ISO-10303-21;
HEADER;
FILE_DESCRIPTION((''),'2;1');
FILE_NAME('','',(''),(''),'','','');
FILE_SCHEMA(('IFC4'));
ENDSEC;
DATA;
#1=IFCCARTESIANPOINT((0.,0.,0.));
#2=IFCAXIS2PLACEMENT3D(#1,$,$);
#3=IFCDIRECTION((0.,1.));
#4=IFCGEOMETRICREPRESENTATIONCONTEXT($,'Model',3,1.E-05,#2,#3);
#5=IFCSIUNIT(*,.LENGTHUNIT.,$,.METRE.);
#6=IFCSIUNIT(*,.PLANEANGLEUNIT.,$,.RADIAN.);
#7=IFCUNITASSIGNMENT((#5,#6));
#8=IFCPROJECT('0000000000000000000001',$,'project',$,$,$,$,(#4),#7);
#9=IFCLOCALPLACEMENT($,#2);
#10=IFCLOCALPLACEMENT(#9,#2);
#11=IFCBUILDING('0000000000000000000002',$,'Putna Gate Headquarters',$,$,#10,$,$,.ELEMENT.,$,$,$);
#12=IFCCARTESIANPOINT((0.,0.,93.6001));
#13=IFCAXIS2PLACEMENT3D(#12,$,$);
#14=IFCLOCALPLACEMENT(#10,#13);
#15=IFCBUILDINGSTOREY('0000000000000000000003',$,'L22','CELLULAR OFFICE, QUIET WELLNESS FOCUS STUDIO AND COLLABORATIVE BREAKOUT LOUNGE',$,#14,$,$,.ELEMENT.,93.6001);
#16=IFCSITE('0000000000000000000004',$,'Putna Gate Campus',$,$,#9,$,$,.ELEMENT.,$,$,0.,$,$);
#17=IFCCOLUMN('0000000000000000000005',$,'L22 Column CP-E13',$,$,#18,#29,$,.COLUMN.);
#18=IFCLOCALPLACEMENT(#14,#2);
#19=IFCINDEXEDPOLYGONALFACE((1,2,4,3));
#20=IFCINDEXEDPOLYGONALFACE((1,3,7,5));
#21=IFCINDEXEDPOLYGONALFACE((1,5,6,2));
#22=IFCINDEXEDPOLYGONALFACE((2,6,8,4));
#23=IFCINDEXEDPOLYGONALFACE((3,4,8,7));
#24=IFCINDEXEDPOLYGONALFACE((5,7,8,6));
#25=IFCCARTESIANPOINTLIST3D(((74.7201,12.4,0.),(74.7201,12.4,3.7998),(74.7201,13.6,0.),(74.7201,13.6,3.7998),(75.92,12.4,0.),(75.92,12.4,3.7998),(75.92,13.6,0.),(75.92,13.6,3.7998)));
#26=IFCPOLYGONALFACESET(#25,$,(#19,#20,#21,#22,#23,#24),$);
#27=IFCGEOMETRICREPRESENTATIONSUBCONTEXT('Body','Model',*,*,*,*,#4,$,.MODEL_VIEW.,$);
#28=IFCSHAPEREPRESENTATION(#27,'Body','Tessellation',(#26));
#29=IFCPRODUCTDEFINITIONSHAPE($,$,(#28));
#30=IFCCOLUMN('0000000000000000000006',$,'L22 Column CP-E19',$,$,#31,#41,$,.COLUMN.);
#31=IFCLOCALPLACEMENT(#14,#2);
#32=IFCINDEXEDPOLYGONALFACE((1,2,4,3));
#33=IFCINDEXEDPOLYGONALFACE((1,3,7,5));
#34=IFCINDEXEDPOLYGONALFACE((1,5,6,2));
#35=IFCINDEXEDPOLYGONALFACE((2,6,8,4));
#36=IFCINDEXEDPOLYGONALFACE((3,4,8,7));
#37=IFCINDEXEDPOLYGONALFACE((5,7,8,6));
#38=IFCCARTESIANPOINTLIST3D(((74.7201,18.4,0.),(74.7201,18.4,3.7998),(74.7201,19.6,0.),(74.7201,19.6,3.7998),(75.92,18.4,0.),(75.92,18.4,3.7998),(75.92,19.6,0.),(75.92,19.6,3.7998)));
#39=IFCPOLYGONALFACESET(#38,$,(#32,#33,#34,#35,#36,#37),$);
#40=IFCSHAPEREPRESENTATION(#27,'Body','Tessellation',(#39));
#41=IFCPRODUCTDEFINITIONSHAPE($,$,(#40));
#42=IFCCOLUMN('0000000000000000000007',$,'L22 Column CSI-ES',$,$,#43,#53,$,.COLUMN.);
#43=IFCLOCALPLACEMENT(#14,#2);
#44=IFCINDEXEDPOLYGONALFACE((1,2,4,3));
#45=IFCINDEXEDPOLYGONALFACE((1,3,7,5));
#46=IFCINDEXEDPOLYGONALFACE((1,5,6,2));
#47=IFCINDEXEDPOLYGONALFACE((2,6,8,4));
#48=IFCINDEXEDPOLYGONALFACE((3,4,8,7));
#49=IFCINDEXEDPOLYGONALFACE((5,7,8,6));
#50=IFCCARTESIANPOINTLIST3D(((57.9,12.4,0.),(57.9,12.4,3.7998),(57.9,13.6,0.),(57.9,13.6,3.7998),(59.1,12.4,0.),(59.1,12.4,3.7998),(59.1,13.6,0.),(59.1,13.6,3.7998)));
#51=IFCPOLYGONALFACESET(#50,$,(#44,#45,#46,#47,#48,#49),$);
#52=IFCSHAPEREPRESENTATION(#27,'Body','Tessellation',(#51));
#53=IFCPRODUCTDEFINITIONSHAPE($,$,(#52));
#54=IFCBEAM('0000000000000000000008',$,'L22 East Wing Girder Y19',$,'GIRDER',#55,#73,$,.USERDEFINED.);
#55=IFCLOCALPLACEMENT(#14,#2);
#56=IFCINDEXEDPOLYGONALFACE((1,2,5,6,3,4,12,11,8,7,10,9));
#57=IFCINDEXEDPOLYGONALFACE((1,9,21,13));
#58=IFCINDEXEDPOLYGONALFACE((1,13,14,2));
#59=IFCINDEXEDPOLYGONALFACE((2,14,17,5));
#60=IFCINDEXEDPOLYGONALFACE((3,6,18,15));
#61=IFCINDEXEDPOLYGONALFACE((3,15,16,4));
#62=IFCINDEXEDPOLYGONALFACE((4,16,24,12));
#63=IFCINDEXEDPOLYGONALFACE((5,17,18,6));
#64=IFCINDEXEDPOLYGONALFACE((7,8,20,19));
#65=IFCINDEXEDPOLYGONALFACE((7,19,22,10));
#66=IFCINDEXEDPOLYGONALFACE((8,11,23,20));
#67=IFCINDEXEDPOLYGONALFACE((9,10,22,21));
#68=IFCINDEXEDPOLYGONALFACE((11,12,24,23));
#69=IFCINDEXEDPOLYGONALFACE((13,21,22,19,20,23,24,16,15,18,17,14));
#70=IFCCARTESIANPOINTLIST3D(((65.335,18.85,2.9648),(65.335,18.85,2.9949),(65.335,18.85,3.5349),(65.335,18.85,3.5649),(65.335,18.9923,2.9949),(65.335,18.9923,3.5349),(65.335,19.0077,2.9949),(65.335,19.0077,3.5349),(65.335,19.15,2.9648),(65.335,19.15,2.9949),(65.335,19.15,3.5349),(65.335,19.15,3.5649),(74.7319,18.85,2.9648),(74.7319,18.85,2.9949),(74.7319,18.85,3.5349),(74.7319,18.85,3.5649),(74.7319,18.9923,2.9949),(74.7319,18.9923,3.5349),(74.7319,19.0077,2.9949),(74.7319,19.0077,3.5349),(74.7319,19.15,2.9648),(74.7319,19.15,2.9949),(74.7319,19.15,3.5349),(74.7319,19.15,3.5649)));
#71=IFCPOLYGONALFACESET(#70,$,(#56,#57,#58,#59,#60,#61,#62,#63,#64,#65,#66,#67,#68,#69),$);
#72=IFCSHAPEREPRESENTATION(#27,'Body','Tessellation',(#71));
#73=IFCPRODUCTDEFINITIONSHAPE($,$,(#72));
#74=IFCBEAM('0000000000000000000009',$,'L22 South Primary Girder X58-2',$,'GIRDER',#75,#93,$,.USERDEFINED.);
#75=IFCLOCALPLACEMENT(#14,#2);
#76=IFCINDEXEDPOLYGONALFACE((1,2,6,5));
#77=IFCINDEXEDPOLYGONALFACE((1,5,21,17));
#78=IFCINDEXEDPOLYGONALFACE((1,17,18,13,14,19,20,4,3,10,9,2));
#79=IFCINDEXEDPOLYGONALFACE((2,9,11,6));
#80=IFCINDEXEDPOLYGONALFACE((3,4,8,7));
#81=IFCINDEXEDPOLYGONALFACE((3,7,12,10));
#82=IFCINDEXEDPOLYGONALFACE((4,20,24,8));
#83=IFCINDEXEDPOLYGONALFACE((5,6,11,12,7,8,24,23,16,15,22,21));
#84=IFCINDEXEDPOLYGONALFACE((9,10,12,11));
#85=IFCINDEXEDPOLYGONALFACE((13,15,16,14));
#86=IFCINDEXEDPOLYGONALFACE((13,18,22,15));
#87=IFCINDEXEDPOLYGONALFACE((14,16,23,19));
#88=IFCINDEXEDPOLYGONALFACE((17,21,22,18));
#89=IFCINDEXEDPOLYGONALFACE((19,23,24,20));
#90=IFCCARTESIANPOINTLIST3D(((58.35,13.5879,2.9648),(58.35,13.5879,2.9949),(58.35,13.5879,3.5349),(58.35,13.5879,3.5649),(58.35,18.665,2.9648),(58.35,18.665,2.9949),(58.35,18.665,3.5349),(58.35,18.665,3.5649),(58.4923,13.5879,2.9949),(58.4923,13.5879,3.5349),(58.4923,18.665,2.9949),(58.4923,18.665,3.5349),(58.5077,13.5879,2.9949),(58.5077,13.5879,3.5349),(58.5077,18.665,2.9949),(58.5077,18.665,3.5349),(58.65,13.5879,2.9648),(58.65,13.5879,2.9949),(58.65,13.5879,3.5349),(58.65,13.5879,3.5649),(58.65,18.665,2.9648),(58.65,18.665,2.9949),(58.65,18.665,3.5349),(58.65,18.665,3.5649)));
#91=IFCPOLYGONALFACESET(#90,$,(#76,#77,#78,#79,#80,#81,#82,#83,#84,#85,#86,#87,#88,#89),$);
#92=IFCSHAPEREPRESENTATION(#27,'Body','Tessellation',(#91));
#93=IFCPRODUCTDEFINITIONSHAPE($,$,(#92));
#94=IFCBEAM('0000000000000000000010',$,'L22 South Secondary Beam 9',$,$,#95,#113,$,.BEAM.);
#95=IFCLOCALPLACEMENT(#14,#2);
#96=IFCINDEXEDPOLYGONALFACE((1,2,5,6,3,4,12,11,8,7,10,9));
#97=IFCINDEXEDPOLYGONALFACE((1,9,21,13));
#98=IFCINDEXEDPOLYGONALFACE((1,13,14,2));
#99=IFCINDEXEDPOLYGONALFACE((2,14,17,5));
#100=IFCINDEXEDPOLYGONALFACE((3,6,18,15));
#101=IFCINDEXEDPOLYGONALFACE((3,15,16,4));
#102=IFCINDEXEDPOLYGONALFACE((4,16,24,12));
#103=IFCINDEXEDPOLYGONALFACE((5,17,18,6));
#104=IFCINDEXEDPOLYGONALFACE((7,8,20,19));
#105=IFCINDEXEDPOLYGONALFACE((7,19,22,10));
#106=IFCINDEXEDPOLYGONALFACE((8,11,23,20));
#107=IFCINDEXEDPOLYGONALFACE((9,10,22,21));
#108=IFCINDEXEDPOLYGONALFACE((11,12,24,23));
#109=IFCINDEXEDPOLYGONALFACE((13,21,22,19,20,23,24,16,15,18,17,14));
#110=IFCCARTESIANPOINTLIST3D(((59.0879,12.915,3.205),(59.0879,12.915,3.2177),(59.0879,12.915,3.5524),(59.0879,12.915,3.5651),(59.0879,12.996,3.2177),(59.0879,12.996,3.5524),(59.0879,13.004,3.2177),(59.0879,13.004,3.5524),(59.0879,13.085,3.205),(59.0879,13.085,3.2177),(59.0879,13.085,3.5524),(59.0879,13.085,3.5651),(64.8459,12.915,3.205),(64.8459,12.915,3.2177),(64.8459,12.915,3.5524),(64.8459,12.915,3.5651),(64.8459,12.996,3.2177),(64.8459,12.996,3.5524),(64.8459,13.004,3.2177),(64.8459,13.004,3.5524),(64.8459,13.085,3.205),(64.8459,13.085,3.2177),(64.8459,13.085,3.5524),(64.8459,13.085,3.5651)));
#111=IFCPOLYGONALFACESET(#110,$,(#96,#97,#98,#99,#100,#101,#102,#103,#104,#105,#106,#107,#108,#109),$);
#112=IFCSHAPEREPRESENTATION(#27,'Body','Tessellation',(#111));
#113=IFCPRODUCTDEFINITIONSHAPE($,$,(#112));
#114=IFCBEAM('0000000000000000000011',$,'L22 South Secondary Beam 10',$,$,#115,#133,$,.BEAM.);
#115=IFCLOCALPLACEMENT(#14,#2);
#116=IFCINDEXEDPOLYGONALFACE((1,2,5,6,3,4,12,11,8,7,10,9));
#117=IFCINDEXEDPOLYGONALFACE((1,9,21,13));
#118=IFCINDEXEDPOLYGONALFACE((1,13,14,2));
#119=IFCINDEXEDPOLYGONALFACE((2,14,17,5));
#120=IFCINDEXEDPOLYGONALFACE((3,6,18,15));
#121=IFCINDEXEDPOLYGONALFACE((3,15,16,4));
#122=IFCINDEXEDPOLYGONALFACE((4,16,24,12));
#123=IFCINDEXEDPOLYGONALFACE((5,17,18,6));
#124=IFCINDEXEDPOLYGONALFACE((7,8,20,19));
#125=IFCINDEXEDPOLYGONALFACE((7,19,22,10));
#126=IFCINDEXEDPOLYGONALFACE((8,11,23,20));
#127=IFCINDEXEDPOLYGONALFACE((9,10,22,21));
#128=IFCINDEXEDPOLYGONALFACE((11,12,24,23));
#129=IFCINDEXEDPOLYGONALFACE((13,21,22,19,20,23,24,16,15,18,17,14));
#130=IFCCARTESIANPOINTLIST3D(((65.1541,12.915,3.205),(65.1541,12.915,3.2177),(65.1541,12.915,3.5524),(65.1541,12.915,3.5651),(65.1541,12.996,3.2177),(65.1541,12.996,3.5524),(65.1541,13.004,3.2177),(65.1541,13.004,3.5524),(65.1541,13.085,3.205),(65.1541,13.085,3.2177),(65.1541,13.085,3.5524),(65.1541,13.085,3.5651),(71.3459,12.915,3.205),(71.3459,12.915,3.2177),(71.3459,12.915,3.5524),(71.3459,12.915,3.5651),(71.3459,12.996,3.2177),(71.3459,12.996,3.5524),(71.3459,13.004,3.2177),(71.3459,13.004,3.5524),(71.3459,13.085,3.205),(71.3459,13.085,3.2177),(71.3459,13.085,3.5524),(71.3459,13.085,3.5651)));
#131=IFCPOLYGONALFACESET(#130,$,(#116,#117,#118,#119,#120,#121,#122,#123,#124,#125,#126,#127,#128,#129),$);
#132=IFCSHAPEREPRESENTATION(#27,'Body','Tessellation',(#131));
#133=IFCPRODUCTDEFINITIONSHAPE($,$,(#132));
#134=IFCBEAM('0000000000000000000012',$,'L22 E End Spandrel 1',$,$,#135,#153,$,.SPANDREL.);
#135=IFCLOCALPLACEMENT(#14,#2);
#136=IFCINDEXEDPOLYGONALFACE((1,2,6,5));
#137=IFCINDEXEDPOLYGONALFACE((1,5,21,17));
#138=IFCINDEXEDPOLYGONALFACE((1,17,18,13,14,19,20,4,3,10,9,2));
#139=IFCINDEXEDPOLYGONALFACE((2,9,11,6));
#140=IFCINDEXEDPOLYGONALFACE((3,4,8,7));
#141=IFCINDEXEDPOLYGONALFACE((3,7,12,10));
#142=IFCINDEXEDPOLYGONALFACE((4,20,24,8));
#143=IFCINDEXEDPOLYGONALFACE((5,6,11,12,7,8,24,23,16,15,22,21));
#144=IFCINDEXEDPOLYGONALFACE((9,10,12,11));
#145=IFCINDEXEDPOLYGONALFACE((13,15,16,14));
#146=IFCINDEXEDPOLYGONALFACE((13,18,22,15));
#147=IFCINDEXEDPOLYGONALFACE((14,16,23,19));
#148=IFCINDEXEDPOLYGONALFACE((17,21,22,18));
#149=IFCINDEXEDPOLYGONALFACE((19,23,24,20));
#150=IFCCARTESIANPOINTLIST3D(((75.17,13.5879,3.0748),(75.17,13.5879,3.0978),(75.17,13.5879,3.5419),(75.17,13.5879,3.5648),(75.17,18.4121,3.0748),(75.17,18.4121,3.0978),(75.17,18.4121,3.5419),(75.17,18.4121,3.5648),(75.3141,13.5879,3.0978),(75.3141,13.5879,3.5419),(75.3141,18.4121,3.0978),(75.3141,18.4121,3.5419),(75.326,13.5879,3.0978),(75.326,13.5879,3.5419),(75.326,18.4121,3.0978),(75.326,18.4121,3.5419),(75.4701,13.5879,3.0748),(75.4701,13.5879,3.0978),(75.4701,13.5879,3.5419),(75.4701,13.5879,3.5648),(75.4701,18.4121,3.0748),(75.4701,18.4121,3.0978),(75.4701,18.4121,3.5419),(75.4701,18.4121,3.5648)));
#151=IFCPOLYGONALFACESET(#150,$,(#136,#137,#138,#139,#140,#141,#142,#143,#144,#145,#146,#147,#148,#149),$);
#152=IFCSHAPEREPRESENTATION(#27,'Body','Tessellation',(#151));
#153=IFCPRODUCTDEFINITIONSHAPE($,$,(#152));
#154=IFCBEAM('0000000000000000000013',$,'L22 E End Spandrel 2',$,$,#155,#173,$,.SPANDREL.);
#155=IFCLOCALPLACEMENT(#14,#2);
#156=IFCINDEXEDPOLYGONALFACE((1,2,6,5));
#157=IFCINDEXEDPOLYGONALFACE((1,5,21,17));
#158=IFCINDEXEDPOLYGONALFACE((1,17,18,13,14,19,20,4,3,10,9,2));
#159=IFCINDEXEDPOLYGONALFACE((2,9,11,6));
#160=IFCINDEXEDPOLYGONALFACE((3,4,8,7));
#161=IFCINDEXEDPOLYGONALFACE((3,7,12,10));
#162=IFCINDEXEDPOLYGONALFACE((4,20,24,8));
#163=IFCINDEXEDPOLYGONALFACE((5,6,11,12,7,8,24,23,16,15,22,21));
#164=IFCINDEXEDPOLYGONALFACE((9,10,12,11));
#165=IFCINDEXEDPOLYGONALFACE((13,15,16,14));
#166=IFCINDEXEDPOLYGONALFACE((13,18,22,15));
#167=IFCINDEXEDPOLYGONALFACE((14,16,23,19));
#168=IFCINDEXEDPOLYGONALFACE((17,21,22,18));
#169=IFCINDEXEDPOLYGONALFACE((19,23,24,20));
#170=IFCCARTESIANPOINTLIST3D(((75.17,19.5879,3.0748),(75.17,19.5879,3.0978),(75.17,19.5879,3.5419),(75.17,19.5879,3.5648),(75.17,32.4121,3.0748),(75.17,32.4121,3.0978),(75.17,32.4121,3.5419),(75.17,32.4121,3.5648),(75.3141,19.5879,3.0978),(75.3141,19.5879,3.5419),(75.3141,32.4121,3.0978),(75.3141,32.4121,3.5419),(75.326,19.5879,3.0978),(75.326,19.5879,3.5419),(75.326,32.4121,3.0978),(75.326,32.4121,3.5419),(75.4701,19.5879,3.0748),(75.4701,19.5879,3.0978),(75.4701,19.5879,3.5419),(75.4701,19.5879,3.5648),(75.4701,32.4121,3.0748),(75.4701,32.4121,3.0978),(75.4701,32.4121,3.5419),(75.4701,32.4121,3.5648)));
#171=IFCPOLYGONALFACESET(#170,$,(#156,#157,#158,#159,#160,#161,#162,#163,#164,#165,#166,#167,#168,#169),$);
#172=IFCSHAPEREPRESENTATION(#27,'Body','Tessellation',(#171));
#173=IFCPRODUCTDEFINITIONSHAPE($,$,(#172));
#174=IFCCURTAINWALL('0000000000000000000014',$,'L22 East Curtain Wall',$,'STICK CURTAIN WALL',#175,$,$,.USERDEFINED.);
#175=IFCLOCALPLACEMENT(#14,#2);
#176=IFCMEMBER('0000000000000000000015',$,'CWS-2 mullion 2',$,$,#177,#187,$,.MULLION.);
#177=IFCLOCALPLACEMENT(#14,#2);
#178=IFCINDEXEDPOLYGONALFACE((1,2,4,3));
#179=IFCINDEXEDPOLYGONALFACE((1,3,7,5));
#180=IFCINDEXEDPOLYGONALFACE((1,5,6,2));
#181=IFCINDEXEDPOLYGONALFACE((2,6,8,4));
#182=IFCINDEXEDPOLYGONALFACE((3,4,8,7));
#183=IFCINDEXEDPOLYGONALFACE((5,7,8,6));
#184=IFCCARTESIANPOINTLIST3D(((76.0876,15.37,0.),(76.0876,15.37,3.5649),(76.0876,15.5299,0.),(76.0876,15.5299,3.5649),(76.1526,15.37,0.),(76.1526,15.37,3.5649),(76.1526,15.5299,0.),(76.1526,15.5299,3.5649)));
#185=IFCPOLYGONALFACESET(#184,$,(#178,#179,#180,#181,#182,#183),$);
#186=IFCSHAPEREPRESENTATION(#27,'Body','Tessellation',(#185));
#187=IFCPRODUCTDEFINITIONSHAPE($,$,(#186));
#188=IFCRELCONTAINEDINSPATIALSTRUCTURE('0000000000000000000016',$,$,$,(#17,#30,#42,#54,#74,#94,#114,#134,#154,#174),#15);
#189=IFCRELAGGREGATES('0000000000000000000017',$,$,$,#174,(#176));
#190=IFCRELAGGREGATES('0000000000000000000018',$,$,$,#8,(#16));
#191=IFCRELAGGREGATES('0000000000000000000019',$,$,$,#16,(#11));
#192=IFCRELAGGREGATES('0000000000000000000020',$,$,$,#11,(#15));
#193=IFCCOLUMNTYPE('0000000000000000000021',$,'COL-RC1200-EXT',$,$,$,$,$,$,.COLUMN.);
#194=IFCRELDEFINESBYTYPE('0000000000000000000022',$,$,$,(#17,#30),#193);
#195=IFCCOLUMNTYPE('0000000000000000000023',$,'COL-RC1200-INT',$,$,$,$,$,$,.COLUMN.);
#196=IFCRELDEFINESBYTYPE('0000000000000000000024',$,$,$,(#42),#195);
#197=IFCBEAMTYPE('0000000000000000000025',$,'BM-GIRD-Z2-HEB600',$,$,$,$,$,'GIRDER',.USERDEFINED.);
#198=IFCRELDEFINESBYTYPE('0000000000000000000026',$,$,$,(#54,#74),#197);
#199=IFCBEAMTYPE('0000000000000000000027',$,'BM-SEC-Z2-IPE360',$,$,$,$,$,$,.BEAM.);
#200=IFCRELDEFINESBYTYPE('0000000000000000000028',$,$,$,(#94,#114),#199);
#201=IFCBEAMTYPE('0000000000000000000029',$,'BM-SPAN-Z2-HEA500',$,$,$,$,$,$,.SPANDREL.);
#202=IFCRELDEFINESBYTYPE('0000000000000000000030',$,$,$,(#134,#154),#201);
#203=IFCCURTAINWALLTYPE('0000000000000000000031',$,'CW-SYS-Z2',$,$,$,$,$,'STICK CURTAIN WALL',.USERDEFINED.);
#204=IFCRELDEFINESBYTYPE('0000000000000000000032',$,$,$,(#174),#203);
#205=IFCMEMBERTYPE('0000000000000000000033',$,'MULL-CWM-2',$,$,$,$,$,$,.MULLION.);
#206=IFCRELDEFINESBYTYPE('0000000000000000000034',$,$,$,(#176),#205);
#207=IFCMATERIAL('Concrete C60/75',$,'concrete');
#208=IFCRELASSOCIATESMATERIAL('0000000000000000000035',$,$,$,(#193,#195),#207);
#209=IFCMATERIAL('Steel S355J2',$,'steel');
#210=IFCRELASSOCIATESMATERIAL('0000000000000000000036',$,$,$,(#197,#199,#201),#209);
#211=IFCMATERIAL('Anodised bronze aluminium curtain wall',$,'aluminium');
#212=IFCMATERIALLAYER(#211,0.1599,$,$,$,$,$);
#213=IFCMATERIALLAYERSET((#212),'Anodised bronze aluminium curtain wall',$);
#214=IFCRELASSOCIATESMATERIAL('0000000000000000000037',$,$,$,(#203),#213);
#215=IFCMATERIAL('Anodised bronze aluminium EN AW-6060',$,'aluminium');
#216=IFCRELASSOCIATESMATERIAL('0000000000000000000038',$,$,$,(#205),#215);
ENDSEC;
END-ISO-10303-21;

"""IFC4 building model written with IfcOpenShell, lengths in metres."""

from ifc_helpers import new_model, si_unit, direction, frame, origin, origin_2d, place, context, subcontext, project, spatial, rectangle, i_section, extrude, material, layer, layer_set, material_profile, profile_set, type_object, element, aggregate, save


model = new_model("IFC4")

# Units and contexts
model_context = context("Model", 3, precision=1e-05, world=origin(), true_north=direction((0.0, 1.0)))
body_context = subcontext(model_context, "Body", "Model", "MODEL_VIEW")
ifc_project = project(units=[si_unit("LENGTHUNIT", "METRE"), si_unit("PLANEANGLEUNIT", "RADIAN")], contexts=[model_context])

# Site, building, storey
site_placement = place(None, origin())
site = spatial("IfcSite", under=ifc_project, at=site_placement, Name="Putna Gate Campus", CompositionType="ELEMENT", RefElevation=0.0)
building_placement = place(site_placement, origin())
building = spatial("IfcBuilding", under=site, at=building_placement, Name="Putna Gate Headquarters", CompositionType="ELEMENT")
storey_placement = place(building_placement, frame((0.0, 0.0, 93.6001)))
storey = spatial("IfcBuildingStorey", under=building, at=storey_placement, Name="L22", Description="CELLULAR OFFICE, QUIET WELLNESS FOCUS STUDIO AND COLLABORATIVE BREAKOUT LOUNGE", CompositionType="ELEMENT", Elevation=93.6001)

# Columns
ifc_material_1 = material(Name="Concrete C60/75", Category="concrete")
ifc_material_profile_1 = material_profile(ifc_material_1, rectangle(XDim=1.2, YDim=1.2, at=origin_2d()), Name="Concrete C60/75")
ifc_profile_set_1 = profile_set([ifc_material_profile_1], Name="Concrete C60/75")
column_type_1 = type_object("IfcColumnType", Name="COL-RC1200-EXT", PredefinedType="COLUMN", material=ifc_profile_set_1)
for number, where, z_axis, x_axis, name in (
    (1, (75.3201, 13.0, 0.0), (0.0, 0.0, 1.0), (1.0, 0.0, 0.0), "L22 Column CP-E13"),
    (2, (75.3201, 19.0, 0.0), (0.0, 0.0, 1.0), (1.0, 0.0, 0.0), "L22 Column CP-E19"),
):
    element("IfcColumn", number, at=place(storey_placement, frame(where, z_axis=z_axis, x_axis=x_axis)), inside=storey, type_object=column_type_1, Name=name, PredefinedType="COLUMN", context=body_context, shape_type="SweptSolid", body=[
        extrude(rectangle(XDim=1.2, YDim=1.2, at=origin_2d()), origin(), (0.0, 0.0, 1.0), 3.7998),
    ])
ifc_material_profile_2 = material_profile(ifc_material_1, rectangle(XDim=1.2, YDim=1.2, at=origin_2d()), Name="Concrete C60/75")
ifc_profile_set_2 = profile_set([ifc_material_profile_2], Name="Concrete C60/75")
column_type_2 = type_object("IfcColumnType", Name="COL-RC1200-INT", PredefinedType="COLUMN", material=ifc_profile_set_2)
column_placement = place(storey_placement, frame((58.5, 13.0, 0.0), z_axis=(0.0, 0.0, 1.0), x_axis=(1.0, 0.0, 0.0)))
element("IfcColumn", 3, at=column_placement, inside=storey, type_object=column_type_2, Name="L22 Column CSI-ES", PredefinedType="COLUMN", context=body_context, shape_type="SweptSolid", body=[
    extrude(rectangle(XDim=1.2, YDim=1.2, at=origin_2d()), origin(), (0.0, 0.0, 1.0), 3.7998),
])

# Beams
ifc_material_2 = material(Name="Steel S355J2", Category="steel")
ifc_material_profile_3 = material_profile(ifc_material_2, i_section(OverallWidth=0.3, OverallDepth=0.6001, WebThickness=0.0154, FlangeThickness=0.03, at=origin_2d()), Name="Steel S355J2")
ifc_profile_set_3 = profile_set([ifc_material_profile_3], Name="Steel S355J2")
beam_type_1 = type_object("IfcBeamType", Name="BM-GIRD-Z2-HEB600", ElementType="GIRDER", PredefinedType="USERDEFINED", material=ifc_profile_set_3)
beam_1_placement = place(storey_placement, frame((65.335, 19.0, 3.2649), z_axis=(1.0, 0.0, 0.0), x_axis=(0.0, 1.0, 0.0)))
element("IfcBeam", 4, at=beam_1_placement, inside=storey, type_object=beam_type_1, Name="L22 East Wing Girder Y19", ObjectType="GIRDER", PredefinedType="USERDEFINED", context=body_context, shape_type="SweptSolid", body=[
    extrude(i_section(OverallWidth=0.3, OverallDepth=0.6001, WebThickness=0.0154, FlangeThickness=0.03, at=origin_2d()), origin(), (0.0, 0.0, 1.0), 9.397),
])
beam_2_placement = place(storey_placement, frame((58.5, 13.5879, 3.2649), z_axis=(0.0, 1.0, 0.0), x_axis=(-1.0, 0.0, 0.0)))
element("IfcBeam", 5, at=beam_2_placement, inside=storey, type_object=beam_type_1, Name="L22 South Primary Girder X58-2", ObjectType="GIRDER", PredefinedType="USERDEFINED", context=body_context, shape_type="SweptSolid", body=[
    extrude(i_section(OverallWidth=0.3, OverallDepth=0.6001, WebThickness=0.0154, FlangeThickness=0.03, at=origin_2d()), origin(), (0.0, 0.0, 1.0), 5.0771),
])
ifc_material_profile_4 = material_profile(ifc_material_2, i_section(OverallWidth=0.1699, OverallDepth=0.3601, WebThickness=0.0081, FlangeThickness=0.0127, at=origin_2d()), Name="Steel S355J2")
ifc_profile_set_4 = profile_set([ifc_material_profile_4], Name="Steel S355J2")
beam_type_2 = type_object("IfcBeamType", Name="BM-SEC-Z2-IPE360", PredefinedType="BEAM", material=ifc_profile_set_4)
beam_3_placement = place(storey_placement, frame((59.0879, 13.0, 3.385), z_axis=(1.0, 0.0, 0.0), x_axis=(0.0, 1.0, 0.0)))
element("IfcBeam", 6, at=beam_3_placement, inside=storey, type_object=beam_type_2, Name="L22 South Secondary Beam 9", PredefinedType="BEAM", context=body_context, shape_type="SweptSolid", body=[
    extrude(i_section(OverallWidth=0.1699, OverallDepth=0.3601, WebThickness=0.0081, FlangeThickness=0.0127, at=origin_2d()), origin(), (0.0, 0.0, 1.0), 5.7581),
])
beam_4_placement = place(storey_placement, frame((65.1541, 13.0, 3.385), z_axis=(1.0, 0.0, 0.0), x_axis=(0.0, 1.0, 0.0)))
element("IfcBeam", 7, at=beam_4_placement, inside=storey, type_object=beam_type_2, Name="L22 South Secondary Beam 10", PredefinedType="BEAM", context=body_context, shape_type="SweptSolid", body=[
    extrude(i_section(OverallWidth=0.1699, OverallDepth=0.3601, WebThickness=0.0081, FlangeThickness=0.0127, at=origin_2d()), origin(), (0.0, 0.0, 1.0), 6.1919),
])
ifc_material_profile_5 = material_profile(ifc_material_2, i_section(OverallWidth=0.3, OverallDepth=0.49, WebThickness=0.012, FlangeThickness=0.0229, at=origin_2d()), Name="Steel S355J2")
ifc_profile_set_5 = profile_set([ifc_material_profile_5], Name="Steel S355J2")
beam_type_3 = type_object("IfcBeamType", Name="BM-SPAN-Z2-HEA500", PredefinedType="SPANDREL", material=ifc_profile_set_5)
beam_5_placement = place(storey_placement, frame((75.3201, 13.5879, 3.3198), z_axis=(0.0, 1.0, 0.0), x_axis=(-1.0, 0.0, 0.0)))
element("IfcBeam", 8, at=beam_5_placement, inside=storey, type_object=beam_type_3, Name="L22 E End Spandrel 1", PredefinedType="SPANDREL", context=body_context, shape_type="SweptSolid", body=[
    extrude(i_section(OverallWidth=0.3, OverallDepth=0.49, WebThickness=0.012, FlangeThickness=0.0229, at=origin_2d()), origin(), (0.0, 0.0, 1.0), 4.8242),
])
beam_6_placement = place(storey_placement, frame((75.3201, 19.5879, 3.3198), z_axis=(0.0, 1.0, 0.0), x_axis=(-1.0, 0.0, 0.0)))
element("IfcBeam", 9, at=beam_6_placement, inside=storey, type_object=beam_type_3, Name="L22 E End Spandrel 2", PredefinedType="SPANDREL", context=body_context, shape_type="SweptSolid", body=[
    extrude(i_section(OverallWidth=0.3, OverallDepth=0.49, WebThickness=0.012, FlangeThickness=0.0229, at=origin_2d()), origin(), (0.0, 0.0, 1.0), 12.8242),
])

# Curtain wall, member
ifc_material_3 = material(Name="Anodised bronze aluminium curtain wall", Category="aluminium")
ifc_layer_1 = layer(ifc_material_3, 0.1599)
ifc_layer_set_1 = layer_set([ifc_layer_1], Name="Anodised bronze aluminium curtain wall")
curtain_wall_type = type_object("IfcCurtainWallType", Name="CW-SYS-Z2", ElementType="STICK CURTAIN WALL", PredefinedType="USERDEFINED", material=ifc_layer_set_1)
curtain_wall_placement = place(storey_placement, origin())
curtain_wall = element("IfcCurtainWall", 10, at=curtain_wall_placement, inside=storey, type_object=curtain_wall_type, Name="L22 East Curtain Wall", ObjectType="STICK CURTAIN WALL", PredefinedType="USERDEFINED")
ifc_material_4 = material(Name="Anodised bronze aluminium EN AW-6060", Category="aluminium")
ifc_material_profile_6 = material_profile(ifc_material_4, rectangle(XDim=0.0649, YDim=0.1599, at=origin_2d()), Name="Anodised bronze aluminium EN AW-6060")
ifc_profile_set_6 = profile_set([ifc_material_profile_6], Name="Anodised bronze aluminium EN AW-6060")
member_type_1 = type_object("IfcMemberType", Name="MULL-CWM-2", PredefinedType="MULLION", material=ifc_profile_set_6)
member_1_placement = place(storey_placement, frame((76.1201, 15.45, 0.0), z_axis=(0.0, 0.0, 1.0), x_axis=(-1.0, 0.0, 0.0)))
member_1 = element("IfcMember", 11, at=member_1_placement, type_object=member_type_1, Name="CWS-2 mullion 2", PredefinedType="MULLION", context=body_context, shape_type="SweptSolid", body=[
    extrude(rectangle(XDim=0.0649, YDim=0.1599, at=origin_2d()), origin(), (0.0, 0.0, 1.0), 3.5649),
])
aggregate(curtain_wall, [member_1])

save(model, "model.ifc")
